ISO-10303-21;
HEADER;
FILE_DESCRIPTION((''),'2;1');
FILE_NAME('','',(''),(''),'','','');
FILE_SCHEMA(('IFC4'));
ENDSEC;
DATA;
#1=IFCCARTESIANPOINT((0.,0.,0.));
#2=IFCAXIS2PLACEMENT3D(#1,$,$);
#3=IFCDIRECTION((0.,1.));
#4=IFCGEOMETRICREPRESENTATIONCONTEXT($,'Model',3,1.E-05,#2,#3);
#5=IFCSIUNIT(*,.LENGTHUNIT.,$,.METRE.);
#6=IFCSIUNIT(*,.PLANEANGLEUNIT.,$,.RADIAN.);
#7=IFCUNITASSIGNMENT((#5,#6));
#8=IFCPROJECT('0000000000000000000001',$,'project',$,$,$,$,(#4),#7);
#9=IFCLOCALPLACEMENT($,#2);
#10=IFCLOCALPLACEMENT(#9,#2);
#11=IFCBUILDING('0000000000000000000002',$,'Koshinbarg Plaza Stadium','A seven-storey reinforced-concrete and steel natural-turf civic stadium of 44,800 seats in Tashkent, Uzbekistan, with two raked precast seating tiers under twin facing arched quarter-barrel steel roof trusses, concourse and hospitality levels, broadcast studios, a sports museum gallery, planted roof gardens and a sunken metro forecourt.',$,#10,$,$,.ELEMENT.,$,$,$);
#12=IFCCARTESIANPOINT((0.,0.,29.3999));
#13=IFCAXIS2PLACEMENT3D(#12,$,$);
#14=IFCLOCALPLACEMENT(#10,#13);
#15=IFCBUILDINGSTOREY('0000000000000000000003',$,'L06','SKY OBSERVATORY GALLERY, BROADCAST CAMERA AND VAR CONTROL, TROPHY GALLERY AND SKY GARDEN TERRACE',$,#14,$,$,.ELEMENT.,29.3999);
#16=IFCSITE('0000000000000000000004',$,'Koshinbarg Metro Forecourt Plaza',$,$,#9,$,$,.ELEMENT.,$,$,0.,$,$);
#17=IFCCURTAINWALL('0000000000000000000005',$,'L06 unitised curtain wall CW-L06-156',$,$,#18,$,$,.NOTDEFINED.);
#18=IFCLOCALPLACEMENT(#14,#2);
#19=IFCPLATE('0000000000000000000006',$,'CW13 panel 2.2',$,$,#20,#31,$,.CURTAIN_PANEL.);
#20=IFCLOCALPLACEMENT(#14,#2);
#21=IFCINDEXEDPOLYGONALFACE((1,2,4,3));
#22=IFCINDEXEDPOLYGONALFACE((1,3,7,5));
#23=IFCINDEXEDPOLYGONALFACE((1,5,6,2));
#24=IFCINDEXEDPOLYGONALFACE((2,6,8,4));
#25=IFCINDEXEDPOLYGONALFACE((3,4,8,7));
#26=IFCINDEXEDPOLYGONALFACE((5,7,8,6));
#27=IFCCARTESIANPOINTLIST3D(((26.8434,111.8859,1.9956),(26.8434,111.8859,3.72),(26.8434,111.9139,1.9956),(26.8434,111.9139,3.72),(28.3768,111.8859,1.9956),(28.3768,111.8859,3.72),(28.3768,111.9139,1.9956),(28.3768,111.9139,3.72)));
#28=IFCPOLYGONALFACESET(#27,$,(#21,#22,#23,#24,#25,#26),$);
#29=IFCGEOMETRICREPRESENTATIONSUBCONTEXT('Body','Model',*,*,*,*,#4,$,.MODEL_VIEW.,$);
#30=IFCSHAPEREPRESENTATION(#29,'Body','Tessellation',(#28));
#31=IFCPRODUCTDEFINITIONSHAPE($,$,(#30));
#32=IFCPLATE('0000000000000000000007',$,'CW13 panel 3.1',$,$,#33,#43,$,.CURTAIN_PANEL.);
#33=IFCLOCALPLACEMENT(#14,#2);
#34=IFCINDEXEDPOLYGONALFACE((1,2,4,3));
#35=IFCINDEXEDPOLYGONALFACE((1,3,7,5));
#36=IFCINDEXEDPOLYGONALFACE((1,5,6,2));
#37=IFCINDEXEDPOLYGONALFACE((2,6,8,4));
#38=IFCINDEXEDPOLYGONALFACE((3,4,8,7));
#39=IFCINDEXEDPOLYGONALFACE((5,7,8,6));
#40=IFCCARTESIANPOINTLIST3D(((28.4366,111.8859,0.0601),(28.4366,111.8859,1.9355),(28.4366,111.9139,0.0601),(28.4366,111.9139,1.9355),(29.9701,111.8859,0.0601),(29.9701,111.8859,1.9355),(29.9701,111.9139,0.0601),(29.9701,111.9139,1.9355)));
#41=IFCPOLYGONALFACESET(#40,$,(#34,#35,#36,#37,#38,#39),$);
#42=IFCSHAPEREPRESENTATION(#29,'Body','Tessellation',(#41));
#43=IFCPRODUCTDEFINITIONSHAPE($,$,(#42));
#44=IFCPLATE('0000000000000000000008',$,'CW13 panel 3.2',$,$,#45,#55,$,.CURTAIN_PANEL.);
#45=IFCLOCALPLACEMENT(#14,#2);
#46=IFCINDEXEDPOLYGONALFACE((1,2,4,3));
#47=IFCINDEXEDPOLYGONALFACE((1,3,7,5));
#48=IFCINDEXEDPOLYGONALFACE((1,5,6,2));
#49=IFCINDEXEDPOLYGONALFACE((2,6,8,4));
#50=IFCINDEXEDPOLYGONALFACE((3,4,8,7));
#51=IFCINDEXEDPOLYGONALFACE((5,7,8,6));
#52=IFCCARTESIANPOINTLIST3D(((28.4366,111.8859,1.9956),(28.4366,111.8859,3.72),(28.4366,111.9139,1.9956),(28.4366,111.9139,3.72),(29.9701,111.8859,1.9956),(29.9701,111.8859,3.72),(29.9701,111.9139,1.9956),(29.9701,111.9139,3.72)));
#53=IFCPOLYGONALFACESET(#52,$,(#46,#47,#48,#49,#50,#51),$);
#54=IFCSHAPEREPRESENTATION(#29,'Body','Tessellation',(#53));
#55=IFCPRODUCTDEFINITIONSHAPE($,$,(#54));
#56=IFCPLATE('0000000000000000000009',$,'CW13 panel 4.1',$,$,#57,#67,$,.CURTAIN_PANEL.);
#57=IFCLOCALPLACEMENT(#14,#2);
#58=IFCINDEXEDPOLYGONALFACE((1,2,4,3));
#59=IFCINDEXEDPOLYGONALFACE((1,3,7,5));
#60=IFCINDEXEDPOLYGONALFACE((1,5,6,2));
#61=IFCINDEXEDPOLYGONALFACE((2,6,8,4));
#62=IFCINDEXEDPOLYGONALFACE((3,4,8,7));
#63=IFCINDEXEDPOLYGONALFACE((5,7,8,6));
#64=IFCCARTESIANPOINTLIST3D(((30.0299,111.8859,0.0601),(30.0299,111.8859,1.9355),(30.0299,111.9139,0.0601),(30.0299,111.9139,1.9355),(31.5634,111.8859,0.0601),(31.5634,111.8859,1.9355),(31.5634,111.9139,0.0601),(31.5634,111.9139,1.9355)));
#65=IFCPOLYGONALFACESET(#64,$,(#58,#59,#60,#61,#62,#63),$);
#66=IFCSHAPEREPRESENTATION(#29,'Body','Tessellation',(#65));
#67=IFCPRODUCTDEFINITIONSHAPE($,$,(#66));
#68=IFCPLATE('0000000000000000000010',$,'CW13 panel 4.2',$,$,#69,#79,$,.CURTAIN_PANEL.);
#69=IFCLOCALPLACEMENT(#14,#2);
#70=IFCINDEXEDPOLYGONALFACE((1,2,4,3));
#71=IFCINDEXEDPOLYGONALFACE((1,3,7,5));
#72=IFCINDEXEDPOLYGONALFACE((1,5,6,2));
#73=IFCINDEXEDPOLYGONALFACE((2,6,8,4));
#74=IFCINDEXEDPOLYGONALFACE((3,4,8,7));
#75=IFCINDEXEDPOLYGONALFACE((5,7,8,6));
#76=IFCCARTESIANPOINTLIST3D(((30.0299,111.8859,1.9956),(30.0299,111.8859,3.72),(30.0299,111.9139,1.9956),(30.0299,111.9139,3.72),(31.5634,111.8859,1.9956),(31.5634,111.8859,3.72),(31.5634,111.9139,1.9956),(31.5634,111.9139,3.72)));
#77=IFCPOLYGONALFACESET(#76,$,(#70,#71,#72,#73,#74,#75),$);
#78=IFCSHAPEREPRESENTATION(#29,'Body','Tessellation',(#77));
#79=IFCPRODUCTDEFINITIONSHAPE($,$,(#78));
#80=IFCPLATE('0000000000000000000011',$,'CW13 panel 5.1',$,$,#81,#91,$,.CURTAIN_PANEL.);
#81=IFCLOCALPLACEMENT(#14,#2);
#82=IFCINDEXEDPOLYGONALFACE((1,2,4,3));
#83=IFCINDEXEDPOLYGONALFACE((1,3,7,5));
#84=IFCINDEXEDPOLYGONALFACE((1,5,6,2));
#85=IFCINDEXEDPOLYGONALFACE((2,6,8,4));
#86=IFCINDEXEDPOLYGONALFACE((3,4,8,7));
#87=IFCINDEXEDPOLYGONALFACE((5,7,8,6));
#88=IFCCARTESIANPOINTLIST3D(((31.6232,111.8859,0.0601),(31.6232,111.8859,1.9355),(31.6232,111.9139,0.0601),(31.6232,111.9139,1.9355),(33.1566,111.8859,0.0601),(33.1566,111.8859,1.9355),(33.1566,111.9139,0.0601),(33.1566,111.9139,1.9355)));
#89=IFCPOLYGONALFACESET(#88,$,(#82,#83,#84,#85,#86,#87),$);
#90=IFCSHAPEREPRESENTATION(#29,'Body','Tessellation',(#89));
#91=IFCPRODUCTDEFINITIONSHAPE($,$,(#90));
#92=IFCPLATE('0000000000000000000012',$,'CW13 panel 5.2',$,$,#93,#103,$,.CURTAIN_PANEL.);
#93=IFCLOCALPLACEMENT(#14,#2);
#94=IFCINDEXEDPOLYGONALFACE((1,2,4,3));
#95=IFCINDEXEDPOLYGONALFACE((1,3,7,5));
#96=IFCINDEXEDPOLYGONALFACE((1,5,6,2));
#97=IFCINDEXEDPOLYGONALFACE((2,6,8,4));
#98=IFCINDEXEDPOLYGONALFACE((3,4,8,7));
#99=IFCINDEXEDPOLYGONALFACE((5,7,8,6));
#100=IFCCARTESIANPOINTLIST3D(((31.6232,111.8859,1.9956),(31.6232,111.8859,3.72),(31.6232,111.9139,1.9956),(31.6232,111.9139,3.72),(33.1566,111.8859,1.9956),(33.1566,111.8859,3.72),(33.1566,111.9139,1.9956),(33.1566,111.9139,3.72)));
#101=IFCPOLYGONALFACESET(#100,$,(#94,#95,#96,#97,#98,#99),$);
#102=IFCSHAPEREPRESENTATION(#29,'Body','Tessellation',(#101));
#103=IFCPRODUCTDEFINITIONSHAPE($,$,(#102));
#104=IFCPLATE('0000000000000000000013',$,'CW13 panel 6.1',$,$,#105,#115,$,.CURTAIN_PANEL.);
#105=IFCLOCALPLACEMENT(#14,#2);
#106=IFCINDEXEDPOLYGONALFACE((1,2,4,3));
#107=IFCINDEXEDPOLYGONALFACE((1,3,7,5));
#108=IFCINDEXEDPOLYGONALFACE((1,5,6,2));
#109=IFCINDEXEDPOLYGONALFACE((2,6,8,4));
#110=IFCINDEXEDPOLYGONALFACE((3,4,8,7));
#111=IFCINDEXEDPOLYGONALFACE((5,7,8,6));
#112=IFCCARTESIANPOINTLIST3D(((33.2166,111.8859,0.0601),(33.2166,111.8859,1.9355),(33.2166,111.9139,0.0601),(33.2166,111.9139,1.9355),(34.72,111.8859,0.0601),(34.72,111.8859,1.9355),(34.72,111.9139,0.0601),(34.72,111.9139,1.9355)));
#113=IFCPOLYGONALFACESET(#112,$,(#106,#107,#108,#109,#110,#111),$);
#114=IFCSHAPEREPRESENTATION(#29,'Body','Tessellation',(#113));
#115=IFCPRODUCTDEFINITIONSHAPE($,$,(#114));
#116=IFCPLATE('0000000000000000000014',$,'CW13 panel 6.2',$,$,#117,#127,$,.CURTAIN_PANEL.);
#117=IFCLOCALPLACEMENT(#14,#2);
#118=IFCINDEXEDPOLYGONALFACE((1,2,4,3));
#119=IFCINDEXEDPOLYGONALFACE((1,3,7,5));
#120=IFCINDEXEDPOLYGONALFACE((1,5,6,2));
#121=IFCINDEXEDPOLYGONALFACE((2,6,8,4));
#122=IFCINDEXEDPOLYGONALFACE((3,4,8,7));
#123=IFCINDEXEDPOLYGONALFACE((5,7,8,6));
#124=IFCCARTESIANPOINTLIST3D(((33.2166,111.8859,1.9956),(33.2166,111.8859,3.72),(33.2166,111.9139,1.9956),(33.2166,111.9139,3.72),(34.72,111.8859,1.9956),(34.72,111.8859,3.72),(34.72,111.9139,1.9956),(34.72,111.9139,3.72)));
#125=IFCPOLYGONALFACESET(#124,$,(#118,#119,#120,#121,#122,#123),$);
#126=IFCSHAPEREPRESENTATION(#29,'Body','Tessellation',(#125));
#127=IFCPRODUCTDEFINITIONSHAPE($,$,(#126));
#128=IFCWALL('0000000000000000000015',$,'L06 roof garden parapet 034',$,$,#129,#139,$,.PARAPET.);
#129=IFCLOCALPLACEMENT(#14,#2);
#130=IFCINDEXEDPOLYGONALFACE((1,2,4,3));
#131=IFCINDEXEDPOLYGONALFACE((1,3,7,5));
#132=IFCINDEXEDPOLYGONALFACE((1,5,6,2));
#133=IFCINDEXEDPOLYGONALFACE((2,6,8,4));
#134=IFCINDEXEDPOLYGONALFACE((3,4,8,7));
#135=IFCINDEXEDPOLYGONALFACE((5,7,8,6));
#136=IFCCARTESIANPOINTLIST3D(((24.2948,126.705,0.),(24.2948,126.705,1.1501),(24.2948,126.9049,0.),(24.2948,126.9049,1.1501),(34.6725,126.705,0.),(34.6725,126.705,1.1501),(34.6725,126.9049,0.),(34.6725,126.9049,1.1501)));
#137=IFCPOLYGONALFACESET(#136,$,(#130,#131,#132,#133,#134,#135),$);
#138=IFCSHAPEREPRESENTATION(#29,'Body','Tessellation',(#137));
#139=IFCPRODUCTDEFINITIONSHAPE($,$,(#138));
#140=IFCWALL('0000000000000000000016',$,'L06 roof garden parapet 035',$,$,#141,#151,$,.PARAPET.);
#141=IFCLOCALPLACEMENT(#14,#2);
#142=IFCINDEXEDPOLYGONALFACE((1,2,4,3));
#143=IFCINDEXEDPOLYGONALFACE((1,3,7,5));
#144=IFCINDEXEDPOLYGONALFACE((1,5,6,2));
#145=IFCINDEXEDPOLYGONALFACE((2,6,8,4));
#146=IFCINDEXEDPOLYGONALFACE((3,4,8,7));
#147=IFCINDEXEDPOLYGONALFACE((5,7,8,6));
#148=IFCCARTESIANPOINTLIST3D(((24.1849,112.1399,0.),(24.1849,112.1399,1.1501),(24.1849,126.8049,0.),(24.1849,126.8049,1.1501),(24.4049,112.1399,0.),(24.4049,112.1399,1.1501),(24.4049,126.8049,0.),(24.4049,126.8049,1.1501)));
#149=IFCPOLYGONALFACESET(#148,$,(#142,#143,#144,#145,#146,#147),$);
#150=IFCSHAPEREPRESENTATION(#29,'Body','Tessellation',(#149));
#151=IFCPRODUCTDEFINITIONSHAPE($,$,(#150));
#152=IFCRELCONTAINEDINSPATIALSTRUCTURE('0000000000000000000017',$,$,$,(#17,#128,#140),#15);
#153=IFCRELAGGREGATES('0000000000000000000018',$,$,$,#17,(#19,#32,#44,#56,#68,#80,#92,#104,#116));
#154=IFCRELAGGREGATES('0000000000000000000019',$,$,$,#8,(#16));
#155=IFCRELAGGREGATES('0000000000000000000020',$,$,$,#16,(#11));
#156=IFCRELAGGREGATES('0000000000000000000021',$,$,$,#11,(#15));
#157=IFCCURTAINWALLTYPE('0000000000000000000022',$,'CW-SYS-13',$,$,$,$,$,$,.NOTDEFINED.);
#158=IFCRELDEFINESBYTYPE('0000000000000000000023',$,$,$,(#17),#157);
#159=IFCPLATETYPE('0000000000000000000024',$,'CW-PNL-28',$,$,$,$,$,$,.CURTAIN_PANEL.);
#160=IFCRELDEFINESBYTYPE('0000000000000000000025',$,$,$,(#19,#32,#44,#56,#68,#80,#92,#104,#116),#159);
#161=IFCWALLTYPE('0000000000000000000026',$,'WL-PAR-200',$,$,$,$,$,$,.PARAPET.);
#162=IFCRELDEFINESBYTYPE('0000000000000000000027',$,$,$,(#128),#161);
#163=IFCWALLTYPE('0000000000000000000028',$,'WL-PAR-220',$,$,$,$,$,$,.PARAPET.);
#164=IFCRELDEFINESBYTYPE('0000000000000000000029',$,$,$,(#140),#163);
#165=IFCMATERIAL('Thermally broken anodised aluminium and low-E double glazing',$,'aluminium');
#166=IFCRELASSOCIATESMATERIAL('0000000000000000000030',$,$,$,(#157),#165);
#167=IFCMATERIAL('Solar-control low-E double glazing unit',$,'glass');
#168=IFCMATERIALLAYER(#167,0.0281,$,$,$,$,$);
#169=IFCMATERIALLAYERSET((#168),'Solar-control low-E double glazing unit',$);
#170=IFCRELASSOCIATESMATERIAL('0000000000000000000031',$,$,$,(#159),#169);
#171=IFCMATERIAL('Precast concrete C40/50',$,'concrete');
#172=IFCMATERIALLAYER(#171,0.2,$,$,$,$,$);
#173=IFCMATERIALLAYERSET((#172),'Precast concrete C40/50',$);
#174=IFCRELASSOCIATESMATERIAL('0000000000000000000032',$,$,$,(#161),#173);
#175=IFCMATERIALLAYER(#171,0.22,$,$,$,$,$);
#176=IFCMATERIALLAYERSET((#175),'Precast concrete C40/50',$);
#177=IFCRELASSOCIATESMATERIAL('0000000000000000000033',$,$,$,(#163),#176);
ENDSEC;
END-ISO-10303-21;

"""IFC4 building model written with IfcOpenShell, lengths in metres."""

from ifc_helpers import new_model, si_unit, direction, frame, frame_2d, origin, origin_2d, place, context, subcontext, project, spatial, rectangle, extrude, material, layer, layer_set, type_object, element, aggregate, save


model = new_model("IFC4")

# Units and contexts
model_context = context("Model", 3, precision=1e-05, world=origin(), true_north=direction((0.0, 1.0)))
body_context = subcontext(model_context, "Body", "Model", "MODEL_VIEW")
ifc_project = project(units=[si_unit("LENGTHUNIT", "METRE"), si_unit("PLANEANGLEUNIT", "RADIAN")], contexts=[model_context])

# Site, building, storey
site_placement = place(None, origin())
site = spatial("IfcSite", under=ifc_project, at=site_placement, Name="Koshinbarg Metro Forecourt Plaza", CompositionType="ELEMENT", RefElevation=0.0)
building_placement = place(site_placement, origin())
building = spatial("IfcBuilding", under=site, at=building_placement, Name="Koshinbarg Plaza Stadium", Description="A seven-storey reinforced-concrete and steel natural-turf civic stadium of 44,800 seats in Tashkent, Uzbekistan, with two raked precast seating tiers under twin facing arched quarter-barrel steel roof trusses, concourse and hospitality levels, broadcast studios, a sports museum gallery, planted roof gardens and a sunken metro forecourt.", CompositionType="ELEMENT")
storey_placement = place(building_placement, frame((0.0, 0.0, 29.3999)))
storey = spatial("IfcBuildingStorey", under=building, at=storey_placement, Name="L06", Description="SKY OBSERVATORY GALLERY, BROADCAST CAMERA AND VAR CONTROL, TROPHY GALLERY AND SKY GARDEN TERRACE", CompositionType="ELEMENT", Elevation=29.3999)

# Curtain wall, plates
ifc_material_1 = material(Name="Thermally broken anodised aluminium and low-E double glazing", Category="aluminium")
curtain_wall_type = type_object("IfcCurtainWallType", Name="CW-SYS-13", PredefinedType="NOTDEFINED", material=ifc_material_1)
curtain_wall_placement = place(storey_placement, origin())
curtain_wall = element("IfcCurtainWall", 1, at=curtain_wall_placement, inside=storey, type_object=curtain_wall_type, Name="L06 unitised curtain wall CW-L06-156", PredefinedType="NOTDEFINED")
ifc_material_2 = material(Name="Solar-control low-E double glazing unit", Category="glass")
ifc_layer_1 = layer(ifc_material_2, 0.0281)
ifc_layer_set_1 = layer_set([ifc_layer_1], Name="Solar-control low-E double glazing unit")
plate_type = type_object("IfcPlateType", Name="CW-PNL-28", PredefinedType="CURTAIN_PANEL", material=ifc_layer_set_1)
plate_1_placement = place(storey_placement, frame((27.6101, 111.8999, 1.9956), z_axis=(0.0, 0.0, 1.0), x_axis=(1.0, 0.0, 0.0)))
plate_1 = element("IfcPlate", 2, at=plate_1_placement, type_object=plate_type, Name="CW13 panel 2.2", PredefinedType="CURTAIN_PANEL", context=body_context, shape_type="SweptSolid", body=[
    extrude(rectangle(XDim=1.5334, YDim=0.0281, at=origin_2d()), origin(), (0.0, 0.0, 1.0), 1.7244),
])
plate_2_placement = place(storey_placement, frame((29.2034, 111.8999, 0.0601), z_axis=(0.0, 0.0, 1.0), x_axis=(1.0, 0.0, 0.0)))
plate_2 = element("IfcPlate", 3, at=plate_2_placement, type_object=plate_type, Name="CW13 panel 3.1", PredefinedType="CURTAIN_PANEL", context=body_context, shape_type="SweptSolid", body=[
    extrude(rectangle(XDim=1.5334, YDim=0.0281, at=origin_2d()), origin(), (0.0, 0.0, 1.0), 1.8755),
])
plate_3_placement = place(storey_placement, frame((29.2034, 111.8999, 1.9956), z_axis=(0.0, 0.0, 1.0), x_axis=(1.0, 0.0, 0.0)))
plate_3 = element("IfcPlate", 4, at=plate_3_placement, type_object=plate_type, Name="CW13 panel 3.2", PredefinedType="CURTAIN_PANEL", context=body_context, shape_type="SweptSolid", body=[
    extrude(rectangle(XDim=1.5334, YDim=0.0281, at=origin_2d()), origin(), (0.0, 0.0, 1.0), 1.7244),
])
plate_4_placement = place(storey_placement, frame((30.7966, 111.8999, 0.0601), z_axis=(0.0, 0.0, 1.0), x_axis=(1.0, 0.0, 0.0)))
plate_4 = element("IfcPlate", 5, at=plate_4_placement, type_object=plate_type, Name="CW13 panel 4.1", PredefinedType="CURTAIN_PANEL", context=body_context, shape_type="SweptSolid", body=[
    extrude(rectangle(XDim=1.5334, YDim=0.0281, at=origin_2d()), origin(), (0.0, 0.0, 1.0), 1.8755),
])
plate_5_placement = place(storey_placement, frame((30.7966, 111.8999, 1.9956), z_axis=(0.0, 0.0, 1.0), x_axis=(1.0, 0.0, 0.0)))
plate_5 = element("IfcPlate", 6, at=plate_5_placement, type_object=plate_type, Name="CW13 panel 4.2", PredefinedType="CURTAIN_PANEL", context=body_context, shape_type="SweptSolid", body=[
    extrude(rectangle(XDim=1.5334, YDim=0.0281, at=origin_2d()), origin(), (0.0, 0.0, 1.0), 1.7244),
])
plate_6_placement = place(storey_placement, frame((32.3899, 111.8999, 0.0601), z_axis=(0.0, 0.0, 1.0), x_axis=(1.0, 0.0, 0.0)))
plate_6 = element("IfcPlate", 7, at=plate_6_placement, type_object=plate_type, Name="CW13 panel 5.1", PredefinedType="CURTAIN_PANEL", context=body_context, shape_type="SweptSolid", body=[
    extrude(rectangle(XDim=1.5334, YDim=0.0281, at=origin_2d()), origin(), (0.0, 0.0, 1.0), 1.8755),
])
plate_7_placement = place(storey_placement, frame((32.3899, 111.8999, 1.9956), z_axis=(0.0, 0.0, 1.0), x_axis=(1.0, 0.0, 0.0)))
plate_7 = element("IfcPlate", 8, at=plate_7_placement, type_object=plate_type, Name="CW13 panel 5.2", PredefinedType="CURTAIN_PANEL", context=body_context, shape_type="SweptSolid", body=[
    extrude(rectangle(XDim=1.5334, YDim=0.0281, at=origin_2d()), origin(), (0.0, 0.0, 1.0), 1.7244),
])
plate_8_placement = place(storey_placement, frame((33.9683, 111.8999, 0.0601), z_axis=(0.0, 0.0, 1.0), x_axis=(1.0, 0.0, 0.0)))
plate_8 = element("IfcPlate", 9, at=plate_8_placement, type_object=plate_type, Name="CW13 panel 6.1", PredefinedType="CURTAIN_PANEL", context=body_context, shape_type="SweptSolid", body=[
    extrude(rectangle(XDim=1.5034, YDim=0.0281, at=origin_2d()), origin(), (0.0, 0.0, 1.0), 1.8755),
])
plate_9_placement = place(storey_placement, frame((33.9683, 111.8999, 1.9956), z_axis=(0.0, 0.0, 1.0), x_axis=(1.0, 0.0, 0.0)))
plate_9 = element("IfcPlate", 10, at=plate_9_placement, type_object=plate_type, Name="CW13 panel 6.2", PredefinedType="CURTAIN_PANEL", context=body_context, shape_type="SweptSolid", body=[
    extrude(rectangle(XDim=1.5034, YDim=0.0281, at=origin_2d()), origin(), (0.0, 0.0, 1.0), 1.7244),
])
aggregate(curtain_wall, [plate_1, plate_2, plate_3, plate_4, plate_5, plate_6, plate_7, plate_8, plate_9])

# Walls
ifc_material_3 = material(Name="Precast concrete C40/50", Category="concrete")
ifc_layer_2 = layer(ifc_material_3, 0.2)
ifc_layer_set_2 = layer_set([ifc_layer_2], Name="Precast concrete C40/50")
wall_type_1 = type_object("IfcWallType", Name="WL-PAR-200", PredefinedType="PARAPET", material=ifc_layer_set_2)
wall_1_placement = place(storey_placement, frame((34.6726, 126.8049, 0.0), z_axis=(0.0, 0.0, 1.0), x_axis=(-1.0, 0.0, 0.0)))
element("IfcWall", 11, at=wall_1_placement, inside=storey, type_object=wall_type_1, Name="L06 roof garden parapet 034", PredefinedType="PARAPET", context=body_context, shape_type="SweptSolid", body=[
    extrude(rectangle(XDim=10.3777, YDim=0.2, at=frame_2d((5.189, 0.0))), origin(), (0.0, 0.0, 1.0), 1.1501),
])
ifc_layer_3 = layer(ifc_material_3, 0.22)
ifc_layer_set_3 = layer_set([ifc_layer_3], Name="Precast concrete C40/50")
wall_type_2 = type_object("IfcWallType", Name="WL-PAR-220", PredefinedType="PARAPET", material=ifc_layer_set_3)
wall_2_placement = place(storey_placement, frame((24.2949, 126.8049, 0.0), z_axis=(0.0, 0.0, 1.0), x_axis=(0.0, -1.0, 0.0)))
element("IfcWall", 12, at=wall_2_placement, inside=storey, type_object=wall_type_2, Name="L06 roof garden parapet 035", PredefinedType="PARAPET", context=body_context, shape_type="SweptSolid", body=[
    extrude(rectangle(XDim=14.665, YDim=0.22, at=frame_2d((7.3325, 0.0))), origin(), (0.0, 0.0, 1.0), 1.1501),
])

save(model, "model.ifc")
